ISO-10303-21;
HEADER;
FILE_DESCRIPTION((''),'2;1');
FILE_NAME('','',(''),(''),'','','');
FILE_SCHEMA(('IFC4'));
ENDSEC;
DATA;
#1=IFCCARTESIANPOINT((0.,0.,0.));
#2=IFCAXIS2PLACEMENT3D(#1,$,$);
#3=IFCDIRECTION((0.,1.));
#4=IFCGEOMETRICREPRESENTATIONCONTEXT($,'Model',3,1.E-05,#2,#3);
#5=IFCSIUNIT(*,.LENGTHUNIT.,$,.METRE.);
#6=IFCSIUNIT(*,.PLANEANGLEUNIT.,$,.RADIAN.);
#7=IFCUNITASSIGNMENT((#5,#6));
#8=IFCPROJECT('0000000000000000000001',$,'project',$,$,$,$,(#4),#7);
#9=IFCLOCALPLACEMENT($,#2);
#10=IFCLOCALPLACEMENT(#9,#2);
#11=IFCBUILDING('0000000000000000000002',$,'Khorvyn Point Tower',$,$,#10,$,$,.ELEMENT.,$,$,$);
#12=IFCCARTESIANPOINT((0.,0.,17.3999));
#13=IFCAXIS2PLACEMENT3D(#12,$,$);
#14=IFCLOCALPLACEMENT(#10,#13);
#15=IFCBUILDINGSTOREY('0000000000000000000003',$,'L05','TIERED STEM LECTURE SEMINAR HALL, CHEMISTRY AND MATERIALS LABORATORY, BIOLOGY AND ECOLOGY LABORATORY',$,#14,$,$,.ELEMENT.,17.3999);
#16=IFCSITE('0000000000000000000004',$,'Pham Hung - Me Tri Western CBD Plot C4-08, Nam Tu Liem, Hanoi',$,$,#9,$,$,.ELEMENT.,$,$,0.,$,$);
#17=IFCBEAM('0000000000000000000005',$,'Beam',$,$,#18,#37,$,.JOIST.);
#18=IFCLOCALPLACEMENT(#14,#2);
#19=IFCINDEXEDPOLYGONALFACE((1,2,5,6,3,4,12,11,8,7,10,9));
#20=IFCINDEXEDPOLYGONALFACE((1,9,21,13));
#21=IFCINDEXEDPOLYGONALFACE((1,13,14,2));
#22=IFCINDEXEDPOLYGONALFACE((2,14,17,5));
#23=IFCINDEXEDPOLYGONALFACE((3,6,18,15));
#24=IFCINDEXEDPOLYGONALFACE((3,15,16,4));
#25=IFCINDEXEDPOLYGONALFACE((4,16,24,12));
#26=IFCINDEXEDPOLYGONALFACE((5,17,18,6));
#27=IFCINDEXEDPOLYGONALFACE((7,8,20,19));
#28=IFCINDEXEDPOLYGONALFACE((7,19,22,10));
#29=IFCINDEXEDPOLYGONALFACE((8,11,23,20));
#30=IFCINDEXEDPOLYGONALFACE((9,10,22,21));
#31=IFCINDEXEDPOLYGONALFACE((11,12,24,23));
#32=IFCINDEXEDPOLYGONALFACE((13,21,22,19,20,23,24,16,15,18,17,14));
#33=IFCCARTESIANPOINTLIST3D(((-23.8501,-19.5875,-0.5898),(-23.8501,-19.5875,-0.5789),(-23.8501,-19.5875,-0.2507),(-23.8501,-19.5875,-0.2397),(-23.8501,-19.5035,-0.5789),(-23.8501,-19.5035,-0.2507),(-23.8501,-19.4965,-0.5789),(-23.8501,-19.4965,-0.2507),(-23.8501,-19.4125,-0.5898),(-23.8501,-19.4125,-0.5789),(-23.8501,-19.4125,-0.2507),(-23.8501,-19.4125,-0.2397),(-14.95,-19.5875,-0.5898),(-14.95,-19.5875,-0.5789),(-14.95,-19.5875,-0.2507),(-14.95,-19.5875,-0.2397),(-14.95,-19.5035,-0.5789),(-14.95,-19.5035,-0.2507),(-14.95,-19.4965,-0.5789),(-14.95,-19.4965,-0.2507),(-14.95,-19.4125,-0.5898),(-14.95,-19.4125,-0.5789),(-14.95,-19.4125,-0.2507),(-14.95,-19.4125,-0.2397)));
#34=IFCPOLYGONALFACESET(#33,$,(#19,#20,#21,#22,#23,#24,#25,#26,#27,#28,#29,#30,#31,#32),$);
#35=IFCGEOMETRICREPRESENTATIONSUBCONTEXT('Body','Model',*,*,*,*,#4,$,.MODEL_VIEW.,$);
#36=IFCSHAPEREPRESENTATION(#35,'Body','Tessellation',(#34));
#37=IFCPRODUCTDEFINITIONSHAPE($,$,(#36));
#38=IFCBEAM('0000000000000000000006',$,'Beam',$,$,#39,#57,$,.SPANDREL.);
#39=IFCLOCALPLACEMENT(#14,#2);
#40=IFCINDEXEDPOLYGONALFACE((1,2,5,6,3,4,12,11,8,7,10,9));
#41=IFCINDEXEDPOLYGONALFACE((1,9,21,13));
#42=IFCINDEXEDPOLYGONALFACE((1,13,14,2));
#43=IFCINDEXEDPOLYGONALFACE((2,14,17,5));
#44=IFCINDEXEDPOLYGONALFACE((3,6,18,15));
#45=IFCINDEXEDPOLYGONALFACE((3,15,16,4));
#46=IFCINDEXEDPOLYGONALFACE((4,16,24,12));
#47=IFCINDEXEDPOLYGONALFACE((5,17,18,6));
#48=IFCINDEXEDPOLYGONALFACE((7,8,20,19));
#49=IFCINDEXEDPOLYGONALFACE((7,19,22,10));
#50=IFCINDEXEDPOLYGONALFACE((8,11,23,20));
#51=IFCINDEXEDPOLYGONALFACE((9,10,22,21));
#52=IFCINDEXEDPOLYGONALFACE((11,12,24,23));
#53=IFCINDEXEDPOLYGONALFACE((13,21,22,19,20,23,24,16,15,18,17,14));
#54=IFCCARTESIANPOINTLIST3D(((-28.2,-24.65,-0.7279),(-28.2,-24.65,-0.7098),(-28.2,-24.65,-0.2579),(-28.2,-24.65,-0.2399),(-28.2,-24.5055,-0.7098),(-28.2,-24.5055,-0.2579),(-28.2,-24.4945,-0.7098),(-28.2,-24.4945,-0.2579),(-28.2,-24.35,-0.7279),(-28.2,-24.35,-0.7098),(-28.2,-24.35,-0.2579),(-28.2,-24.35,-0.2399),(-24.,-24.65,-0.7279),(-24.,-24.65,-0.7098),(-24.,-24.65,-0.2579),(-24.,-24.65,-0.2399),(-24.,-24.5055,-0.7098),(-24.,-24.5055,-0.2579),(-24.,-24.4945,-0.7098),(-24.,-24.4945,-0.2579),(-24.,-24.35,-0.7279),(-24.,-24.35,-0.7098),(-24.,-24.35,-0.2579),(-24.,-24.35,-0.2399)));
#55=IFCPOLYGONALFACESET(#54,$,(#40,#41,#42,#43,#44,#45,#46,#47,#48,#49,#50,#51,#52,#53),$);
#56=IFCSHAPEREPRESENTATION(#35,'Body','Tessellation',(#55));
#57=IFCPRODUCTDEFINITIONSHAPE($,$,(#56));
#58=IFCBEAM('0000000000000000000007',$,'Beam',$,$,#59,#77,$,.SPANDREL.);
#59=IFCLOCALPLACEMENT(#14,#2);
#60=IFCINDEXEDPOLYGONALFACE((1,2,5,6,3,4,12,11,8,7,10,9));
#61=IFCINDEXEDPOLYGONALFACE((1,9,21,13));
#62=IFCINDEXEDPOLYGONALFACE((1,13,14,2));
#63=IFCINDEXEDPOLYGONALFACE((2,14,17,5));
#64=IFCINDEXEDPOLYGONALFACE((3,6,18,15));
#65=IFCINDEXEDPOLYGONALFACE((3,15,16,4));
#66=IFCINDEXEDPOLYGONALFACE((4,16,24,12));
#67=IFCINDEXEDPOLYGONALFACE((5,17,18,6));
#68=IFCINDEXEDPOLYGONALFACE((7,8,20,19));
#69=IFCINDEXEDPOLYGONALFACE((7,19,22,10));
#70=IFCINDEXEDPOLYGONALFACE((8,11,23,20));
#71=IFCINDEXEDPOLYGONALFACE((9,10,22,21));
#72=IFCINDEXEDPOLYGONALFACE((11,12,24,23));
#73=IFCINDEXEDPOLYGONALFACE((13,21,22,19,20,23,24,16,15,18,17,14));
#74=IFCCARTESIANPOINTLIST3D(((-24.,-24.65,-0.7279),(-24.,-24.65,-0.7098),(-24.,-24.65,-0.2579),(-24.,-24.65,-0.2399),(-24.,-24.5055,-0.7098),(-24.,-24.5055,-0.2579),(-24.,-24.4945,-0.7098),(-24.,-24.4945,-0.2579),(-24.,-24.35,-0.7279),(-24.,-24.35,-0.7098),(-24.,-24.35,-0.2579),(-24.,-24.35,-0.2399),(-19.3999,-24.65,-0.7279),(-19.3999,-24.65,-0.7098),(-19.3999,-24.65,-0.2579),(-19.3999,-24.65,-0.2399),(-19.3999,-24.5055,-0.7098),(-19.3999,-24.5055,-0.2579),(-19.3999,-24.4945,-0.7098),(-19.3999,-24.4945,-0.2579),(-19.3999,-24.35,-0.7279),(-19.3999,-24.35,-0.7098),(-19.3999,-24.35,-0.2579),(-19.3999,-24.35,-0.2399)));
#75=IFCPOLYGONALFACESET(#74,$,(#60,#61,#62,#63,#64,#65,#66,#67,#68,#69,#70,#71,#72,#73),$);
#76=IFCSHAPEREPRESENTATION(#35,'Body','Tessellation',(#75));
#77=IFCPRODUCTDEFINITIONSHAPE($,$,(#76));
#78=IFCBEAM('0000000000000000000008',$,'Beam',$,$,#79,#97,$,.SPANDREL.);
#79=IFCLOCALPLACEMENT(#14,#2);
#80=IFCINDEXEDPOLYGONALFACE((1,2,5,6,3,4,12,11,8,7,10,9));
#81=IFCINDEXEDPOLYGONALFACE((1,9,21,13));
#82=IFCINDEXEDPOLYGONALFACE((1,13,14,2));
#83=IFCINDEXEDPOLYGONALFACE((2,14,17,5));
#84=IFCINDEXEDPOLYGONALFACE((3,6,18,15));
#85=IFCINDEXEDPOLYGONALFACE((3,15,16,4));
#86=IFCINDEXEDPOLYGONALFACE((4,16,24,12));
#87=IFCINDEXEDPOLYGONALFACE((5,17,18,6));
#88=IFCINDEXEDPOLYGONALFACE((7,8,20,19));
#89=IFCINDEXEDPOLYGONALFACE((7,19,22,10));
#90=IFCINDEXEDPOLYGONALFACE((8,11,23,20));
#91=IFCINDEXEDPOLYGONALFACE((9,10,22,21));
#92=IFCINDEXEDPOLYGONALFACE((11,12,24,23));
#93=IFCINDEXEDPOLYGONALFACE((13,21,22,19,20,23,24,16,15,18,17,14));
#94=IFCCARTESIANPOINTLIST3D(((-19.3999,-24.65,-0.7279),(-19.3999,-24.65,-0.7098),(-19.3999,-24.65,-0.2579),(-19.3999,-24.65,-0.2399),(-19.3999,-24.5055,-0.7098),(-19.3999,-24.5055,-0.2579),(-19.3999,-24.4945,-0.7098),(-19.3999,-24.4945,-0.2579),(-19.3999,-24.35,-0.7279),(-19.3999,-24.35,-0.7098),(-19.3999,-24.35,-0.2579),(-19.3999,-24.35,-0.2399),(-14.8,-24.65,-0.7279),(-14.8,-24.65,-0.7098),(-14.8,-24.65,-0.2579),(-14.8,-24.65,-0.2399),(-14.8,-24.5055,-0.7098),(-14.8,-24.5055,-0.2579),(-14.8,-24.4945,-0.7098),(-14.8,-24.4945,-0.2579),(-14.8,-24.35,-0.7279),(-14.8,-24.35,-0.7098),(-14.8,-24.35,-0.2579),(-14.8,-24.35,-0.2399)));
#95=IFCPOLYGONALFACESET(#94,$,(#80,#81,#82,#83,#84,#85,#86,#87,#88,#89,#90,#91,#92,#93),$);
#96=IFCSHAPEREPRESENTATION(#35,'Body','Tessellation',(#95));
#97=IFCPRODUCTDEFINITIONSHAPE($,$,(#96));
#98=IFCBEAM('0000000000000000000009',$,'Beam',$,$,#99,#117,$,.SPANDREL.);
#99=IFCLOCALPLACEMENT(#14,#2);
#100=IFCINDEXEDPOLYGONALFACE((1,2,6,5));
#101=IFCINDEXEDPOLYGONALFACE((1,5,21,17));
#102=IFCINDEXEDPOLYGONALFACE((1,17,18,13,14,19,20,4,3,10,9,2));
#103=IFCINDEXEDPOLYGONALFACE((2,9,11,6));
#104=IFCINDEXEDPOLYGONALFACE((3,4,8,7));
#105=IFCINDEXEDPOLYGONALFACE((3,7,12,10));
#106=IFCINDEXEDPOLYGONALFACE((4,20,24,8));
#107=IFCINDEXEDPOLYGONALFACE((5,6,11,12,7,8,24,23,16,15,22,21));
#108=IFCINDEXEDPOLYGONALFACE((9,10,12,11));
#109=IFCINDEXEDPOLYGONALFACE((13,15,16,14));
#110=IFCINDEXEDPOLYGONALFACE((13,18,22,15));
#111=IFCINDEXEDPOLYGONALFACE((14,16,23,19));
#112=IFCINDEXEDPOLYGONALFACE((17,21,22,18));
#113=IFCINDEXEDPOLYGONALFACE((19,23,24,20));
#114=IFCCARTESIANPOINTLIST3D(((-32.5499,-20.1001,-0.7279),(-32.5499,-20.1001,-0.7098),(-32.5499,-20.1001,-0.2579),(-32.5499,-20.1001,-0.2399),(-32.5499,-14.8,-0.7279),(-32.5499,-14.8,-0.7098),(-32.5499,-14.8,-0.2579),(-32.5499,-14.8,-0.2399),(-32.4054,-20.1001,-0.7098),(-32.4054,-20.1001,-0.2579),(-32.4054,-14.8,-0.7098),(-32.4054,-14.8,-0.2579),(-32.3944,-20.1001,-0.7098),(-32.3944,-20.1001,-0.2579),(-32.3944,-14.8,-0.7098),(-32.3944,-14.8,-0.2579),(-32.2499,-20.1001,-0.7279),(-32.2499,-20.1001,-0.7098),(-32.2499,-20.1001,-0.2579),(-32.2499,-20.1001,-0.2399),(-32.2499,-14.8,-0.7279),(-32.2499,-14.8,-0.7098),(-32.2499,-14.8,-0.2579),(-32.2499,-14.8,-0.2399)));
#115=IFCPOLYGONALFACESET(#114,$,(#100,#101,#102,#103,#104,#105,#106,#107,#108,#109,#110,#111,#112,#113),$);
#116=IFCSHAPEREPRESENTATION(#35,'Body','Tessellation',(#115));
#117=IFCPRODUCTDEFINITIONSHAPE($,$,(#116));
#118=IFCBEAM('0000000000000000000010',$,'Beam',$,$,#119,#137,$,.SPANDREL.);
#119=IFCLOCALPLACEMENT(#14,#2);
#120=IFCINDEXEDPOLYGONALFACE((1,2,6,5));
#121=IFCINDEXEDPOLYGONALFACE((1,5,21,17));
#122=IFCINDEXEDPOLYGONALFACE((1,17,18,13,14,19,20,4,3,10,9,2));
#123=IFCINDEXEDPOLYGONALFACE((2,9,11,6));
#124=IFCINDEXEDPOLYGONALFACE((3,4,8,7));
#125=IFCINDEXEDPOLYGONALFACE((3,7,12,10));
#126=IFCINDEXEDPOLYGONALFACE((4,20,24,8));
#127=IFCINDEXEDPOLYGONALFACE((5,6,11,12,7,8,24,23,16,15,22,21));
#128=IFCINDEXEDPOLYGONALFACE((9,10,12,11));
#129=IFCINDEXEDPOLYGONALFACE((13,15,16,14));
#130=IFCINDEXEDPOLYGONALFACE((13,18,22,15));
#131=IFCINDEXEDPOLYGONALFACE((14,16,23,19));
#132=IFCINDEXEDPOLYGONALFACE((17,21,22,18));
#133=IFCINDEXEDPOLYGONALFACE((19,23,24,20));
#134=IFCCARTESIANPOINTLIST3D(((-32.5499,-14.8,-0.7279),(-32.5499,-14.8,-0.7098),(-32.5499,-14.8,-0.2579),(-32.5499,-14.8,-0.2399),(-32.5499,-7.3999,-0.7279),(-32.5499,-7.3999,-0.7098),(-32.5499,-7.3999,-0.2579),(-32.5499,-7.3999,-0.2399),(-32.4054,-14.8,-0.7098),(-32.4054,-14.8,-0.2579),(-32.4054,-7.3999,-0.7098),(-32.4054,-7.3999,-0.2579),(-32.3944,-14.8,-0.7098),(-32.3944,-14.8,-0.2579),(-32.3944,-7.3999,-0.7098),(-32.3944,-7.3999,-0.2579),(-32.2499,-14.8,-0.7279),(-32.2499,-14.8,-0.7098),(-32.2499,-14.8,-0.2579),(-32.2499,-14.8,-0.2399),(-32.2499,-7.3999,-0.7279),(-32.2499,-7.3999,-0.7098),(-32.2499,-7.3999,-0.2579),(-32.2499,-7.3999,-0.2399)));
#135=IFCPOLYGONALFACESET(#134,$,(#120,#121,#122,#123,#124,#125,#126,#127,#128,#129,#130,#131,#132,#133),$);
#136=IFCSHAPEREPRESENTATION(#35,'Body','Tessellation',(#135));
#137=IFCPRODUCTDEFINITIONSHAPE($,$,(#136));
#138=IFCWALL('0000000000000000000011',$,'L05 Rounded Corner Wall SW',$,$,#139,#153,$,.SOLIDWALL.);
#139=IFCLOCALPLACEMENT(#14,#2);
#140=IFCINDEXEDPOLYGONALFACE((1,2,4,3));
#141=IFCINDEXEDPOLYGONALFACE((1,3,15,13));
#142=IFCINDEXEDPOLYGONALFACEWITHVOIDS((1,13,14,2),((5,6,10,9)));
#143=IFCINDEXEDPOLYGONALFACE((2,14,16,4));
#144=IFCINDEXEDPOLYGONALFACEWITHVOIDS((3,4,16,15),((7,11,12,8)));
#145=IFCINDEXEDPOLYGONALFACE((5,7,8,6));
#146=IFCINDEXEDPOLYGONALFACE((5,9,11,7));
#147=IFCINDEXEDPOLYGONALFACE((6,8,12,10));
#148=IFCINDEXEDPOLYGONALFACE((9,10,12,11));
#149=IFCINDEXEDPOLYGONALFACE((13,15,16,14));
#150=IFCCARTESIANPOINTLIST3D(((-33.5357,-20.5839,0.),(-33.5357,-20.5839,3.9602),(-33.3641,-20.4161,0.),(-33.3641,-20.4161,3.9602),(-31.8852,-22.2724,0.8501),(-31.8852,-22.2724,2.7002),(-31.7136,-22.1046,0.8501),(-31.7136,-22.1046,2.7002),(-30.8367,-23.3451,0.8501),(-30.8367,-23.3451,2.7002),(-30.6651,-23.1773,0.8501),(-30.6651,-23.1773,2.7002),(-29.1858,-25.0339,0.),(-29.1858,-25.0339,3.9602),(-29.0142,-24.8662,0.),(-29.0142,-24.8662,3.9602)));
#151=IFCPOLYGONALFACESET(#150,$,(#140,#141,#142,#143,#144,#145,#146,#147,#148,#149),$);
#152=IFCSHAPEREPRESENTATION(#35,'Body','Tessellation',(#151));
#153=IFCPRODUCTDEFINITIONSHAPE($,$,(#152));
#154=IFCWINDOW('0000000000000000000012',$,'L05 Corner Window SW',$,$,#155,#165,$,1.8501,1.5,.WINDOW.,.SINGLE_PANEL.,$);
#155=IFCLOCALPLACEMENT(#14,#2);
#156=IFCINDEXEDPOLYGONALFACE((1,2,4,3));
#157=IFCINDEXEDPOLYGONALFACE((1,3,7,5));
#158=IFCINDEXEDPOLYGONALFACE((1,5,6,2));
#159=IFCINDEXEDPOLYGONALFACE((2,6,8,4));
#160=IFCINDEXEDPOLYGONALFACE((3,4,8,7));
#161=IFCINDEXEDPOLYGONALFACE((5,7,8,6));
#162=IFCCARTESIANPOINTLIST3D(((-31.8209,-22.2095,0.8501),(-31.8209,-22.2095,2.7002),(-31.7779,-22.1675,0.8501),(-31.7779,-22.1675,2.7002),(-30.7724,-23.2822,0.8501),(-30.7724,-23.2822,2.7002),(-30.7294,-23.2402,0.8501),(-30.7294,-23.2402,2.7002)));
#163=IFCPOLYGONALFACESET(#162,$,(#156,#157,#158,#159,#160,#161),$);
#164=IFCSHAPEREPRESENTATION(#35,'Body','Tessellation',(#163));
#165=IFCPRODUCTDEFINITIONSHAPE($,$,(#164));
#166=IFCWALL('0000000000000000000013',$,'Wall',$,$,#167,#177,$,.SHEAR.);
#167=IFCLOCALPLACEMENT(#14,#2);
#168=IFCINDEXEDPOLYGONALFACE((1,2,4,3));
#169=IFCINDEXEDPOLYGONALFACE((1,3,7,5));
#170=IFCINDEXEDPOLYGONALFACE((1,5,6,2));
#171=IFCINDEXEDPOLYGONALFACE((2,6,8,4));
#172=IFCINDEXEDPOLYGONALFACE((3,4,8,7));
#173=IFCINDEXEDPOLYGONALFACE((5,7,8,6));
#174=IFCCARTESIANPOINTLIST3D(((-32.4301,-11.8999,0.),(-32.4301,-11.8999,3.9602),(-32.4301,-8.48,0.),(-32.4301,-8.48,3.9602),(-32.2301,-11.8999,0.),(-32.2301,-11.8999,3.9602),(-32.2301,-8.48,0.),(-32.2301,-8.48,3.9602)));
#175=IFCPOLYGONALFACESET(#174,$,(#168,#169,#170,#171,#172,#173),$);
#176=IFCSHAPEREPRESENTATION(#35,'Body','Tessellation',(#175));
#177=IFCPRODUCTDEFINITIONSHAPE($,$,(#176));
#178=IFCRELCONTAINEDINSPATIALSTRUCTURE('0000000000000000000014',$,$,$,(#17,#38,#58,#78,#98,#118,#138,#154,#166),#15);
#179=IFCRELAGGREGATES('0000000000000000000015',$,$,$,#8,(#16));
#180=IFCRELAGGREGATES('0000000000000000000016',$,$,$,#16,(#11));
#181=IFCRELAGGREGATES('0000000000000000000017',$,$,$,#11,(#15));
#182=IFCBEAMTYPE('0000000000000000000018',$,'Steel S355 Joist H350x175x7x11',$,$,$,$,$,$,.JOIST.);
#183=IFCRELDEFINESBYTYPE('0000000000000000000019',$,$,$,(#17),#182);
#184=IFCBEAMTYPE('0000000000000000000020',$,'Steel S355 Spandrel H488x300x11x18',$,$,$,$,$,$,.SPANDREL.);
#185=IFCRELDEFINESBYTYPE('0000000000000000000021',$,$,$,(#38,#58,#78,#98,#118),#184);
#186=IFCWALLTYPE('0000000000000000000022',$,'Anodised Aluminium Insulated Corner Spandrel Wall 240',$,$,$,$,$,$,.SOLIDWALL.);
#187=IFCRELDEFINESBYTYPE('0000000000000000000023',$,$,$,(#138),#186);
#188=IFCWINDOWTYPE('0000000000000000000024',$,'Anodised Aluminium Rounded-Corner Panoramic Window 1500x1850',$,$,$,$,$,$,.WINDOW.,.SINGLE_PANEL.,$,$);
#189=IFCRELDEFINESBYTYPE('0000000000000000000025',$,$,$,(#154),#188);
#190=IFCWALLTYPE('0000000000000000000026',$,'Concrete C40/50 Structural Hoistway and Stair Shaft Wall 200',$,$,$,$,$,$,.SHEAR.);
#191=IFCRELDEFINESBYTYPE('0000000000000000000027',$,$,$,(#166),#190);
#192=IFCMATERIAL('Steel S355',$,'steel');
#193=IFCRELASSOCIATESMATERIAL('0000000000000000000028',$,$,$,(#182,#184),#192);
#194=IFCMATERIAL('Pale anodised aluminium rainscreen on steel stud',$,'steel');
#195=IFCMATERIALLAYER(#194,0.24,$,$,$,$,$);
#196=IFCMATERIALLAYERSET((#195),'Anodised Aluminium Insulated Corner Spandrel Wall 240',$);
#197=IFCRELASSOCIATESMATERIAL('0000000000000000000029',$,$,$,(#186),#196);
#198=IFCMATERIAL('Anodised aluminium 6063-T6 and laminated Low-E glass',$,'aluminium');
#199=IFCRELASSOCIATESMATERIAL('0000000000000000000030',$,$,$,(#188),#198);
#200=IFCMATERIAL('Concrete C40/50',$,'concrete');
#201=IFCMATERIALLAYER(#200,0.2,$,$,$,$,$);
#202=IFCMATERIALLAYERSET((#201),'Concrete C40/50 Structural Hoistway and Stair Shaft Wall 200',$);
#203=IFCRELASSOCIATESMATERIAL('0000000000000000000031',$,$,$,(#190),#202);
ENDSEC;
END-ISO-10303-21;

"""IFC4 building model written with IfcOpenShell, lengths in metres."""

from ifc_helpers import new_model, si_unit, direction, frame, frame_2d, origin, origin_2d, place, context, subcontext, project, spatial, rectangle, i_section, extrude, material, layer, layer_set, material_profile, profile_set, type_object, element, fill, save


model = new_model("IFC4")

# Units and contexts
model_context = context("Model", 3, precision=1e-05, world=origin(), true_north=direction((0.0, 1.0)))
body_context = subcontext(model_context, "Body", "Model", "MODEL_VIEW")
ifc_project = project(units=[si_unit("LENGTHUNIT", "METRE"), si_unit("PLANEANGLEUNIT", "RADIAN")], contexts=[model_context])

# Site, building, storey
site_placement = place(None, origin())
site = spatial("IfcSite", under=ifc_project, at=site_placement, Name="Pham Hung - Me Tri Western CBD Plot C4-08, Nam Tu Liem, Hanoi", CompositionType="ELEMENT", RefElevation=0.0)
building_placement = place(site_placement, origin())
building = spatial("IfcBuilding", under=site, at=building_placement, Name="Khorvyn Point Tower", CompositionType="ELEMENT")
storey_placement = place(building_placement, frame((0.0, 0.0, 17.3999)))
storey = spatial("IfcBuildingStorey", under=building, at=storey_placement, Name="L05", Description="TIERED STEM LECTURE SEMINAR HALL, CHEMISTRY AND MATERIALS LABORATORY, BIOLOGY AND ECOLOGY LABORATORY", CompositionType="ELEMENT", Elevation=17.3999)

# Shared definitions
ifc_material_1 = material(Name="Concrete C40/50", Category="concrete")

# Beams
ifc_material_2 = material(Name="Steel S355", Category="steel")
ifc_material_profile_1 = material_profile(ifc_material_2, i_section(OverallWidth=0.175, OverallDepth=0.3501, WebThickness=0.0071, FlangeThickness=0.011, at=origin_2d()))
ifc_profile_set_1 = profile_set([ifc_material_profile_1], Name="Steel S355 H350x175x7x11")
beam_type_1 = type_object("IfcBeamType", Name="Steel S355 Joist H350x175x7x11", PredefinedType="JOIST", material=ifc_profile_set_1)
beam_1_placement = place(storey_placement, frame((-23.8501, -19.5, -0.4148), z_axis=(1.0, 0.0, 0.0), x_axis=(0.0, 1.0, 0.0)))
element("IfcBeam", 1, at=beam_1_placement, inside=storey, type_object=beam_type_1, Name="Beam", PredefinedType="JOIST", context=body_context, shape_type="SweptSolid", body=[
    extrude(i_section(OverallWidth=0.175, OverallDepth=0.3501, WebThickness=0.0071, FlangeThickness=0.011, at=origin_2d()), origin(), (0.0, 0.0, 1.0), 8.9001),
])
ifc_material_profile_2 = material_profile(ifc_material_2, i_section(OverallWidth=0.3, OverallDepth=0.488, WebThickness=0.011, FlangeThickness=0.0181, at=origin_2d()))
ifc_profile_set_2 = profile_set([ifc_material_profile_2], Name="Steel S355 H488x300x11x18")
beam_type_2 = type_object("IfcBeamType", Name="Steel S355 Spandrel H488x300x11x18", PredefinedType="SPANDREL", material=ifc_profile_set_2)
beam_2_placement = place(storey_placement, frame((-28.2, -24.5, -0.4839), z_axis=(1.0, 0.0, 0.0), x_axis=(0.0, 1.0, 0.0)))
element("IfcBeam", 2, at=beam_2_placement, inside=storey, type_object=beam_type_2, Name="Beam", PredefinedType="SPANDREL", context=body_context, shape_type="SweptSolid", body=[
    extrude(i_section(OverallWidth=0.3, OverallDepth=0.488, WebThickness=0.011, FlangeThickness=0.0181, at=origin_2d()), origin(), (0.0, 0.0, 1.0), 4.2),
])
beam_3_placement = place(storey_placement, frame((-24.0, -24.5, -0.4839), z_axis=(1.0, 0.0, 0.0), x_axis=(0.0, 1.0, 0.0)))
element("IfcBeam", 3, at=beam_3_placement, inside=storey, type_object=beam_type_2, Name="Beam", PredefinedType="SPANDREL", context=body_context, shape_type="SweptSolid", body=[
    extrude(i_section(OverallWidth=0.3, OverallDepth=0.488, WebThickness=0.011, FlangeThickness=0.0181, at=origin_2d()), origin(), (0.0, 0.0, 1.0), 4.6001),
])
beam_4_placement = place(storey_placement, frame((-19.3999, -24.5, -0.4839), z_axis=(1.0, 0.0, 0.0), x_axis=(0.0, 1.0, 0.0)))
element("IfcBeam", 4, at=beam_4_placement, inside=storey, type_object=beam_type_2, Name="Beam", PredefinedType="SPANDREL", context=body_context, shape_type="SweptSolid", body=[
    extrude(i_section(OverallWidth=0.3, OverallDepth=0.488, WebThickness=0.011, FlangeThickness=0.0181, at=origin_2d()), origin(), (0.0, 0.0, 1.0), 4.5999),
])
beam_5_placement = place(storey_placement, frame((-32.3999, -20.1001, -0.4839), z_axis=(0.0, 1.0, 0.0), x_axis=(-1.0, 0.0, 0.0)))
element("IfcBeam", 5, at=beam_5_placement, inside=storey, type_object=beam_type_2, Name="Beam", PredefinedType="SPANDREL", context=body_context, shape_type="SweptSolid", body=[
    extrude(i_section(OverallWidth=0.3, OverallDepth=0.488, WebThickness=0.011, FlangeThickness=0.0181, at=origin_2d()), origin(), (0.0, 0.0, 1.0), 5.3),
])
beam_6_placement = place(storey_placement, frame((-32.3999, -14.8, -0.4839), z_axis=(0.0, 1.0, 0.0), x_axis=(-1.0, 0.0, 0.0)))
element("IfcBeam", 6, at=beam_6_placement, inside=storey, type_object=beam_type_2, Name="Beam", PredefinedType="SPANDREL", context=body_context, shape_type="SweptSolid", body=[
    extrude(i_section(OverallWidth=0.3, OverallDepth=0.488, WebThickness=0.011, FlangeThickness=0.0181, at=origin_2d()), origin(), (0.0, 0.0, 1.0), 7.4001),
])

# Wall, opening, window
ifc_material_3 = material(Name="Pale anodised aluminium rainscreen on steel stud", Category="steel")
ifc_layer_1 = layer(ifc_material_3, 0.24)
ifc_layer_set_1 = layer_set([ifc_layer_1], Name="Anodised Aluminium Insulated Corner Spandrel Wall 240")
wall_type_1 = type_object("IfcWallType", Name="Anodised Aluminium Insulated Corner Spandrel Wall 240", PredefinedType="SOLIDWALL", material=ifc_layer_set_1)
wall_1_placement = place(storey_placement, frame((-29.1001, -24.95, 0.0), z_axis=(0.0, 0.0, 1.0), x_axis=(-0.699018, 0.715104, 0.0)))
wall_1 = element("IfcWall", 7, at=wall_1_placement, inside=storey, type_object=wall_type_1, Name="L05 Rounded Corner Wall SW", PredefinedType="SOLIDWALL", context=body_context, shape_type="SweptSolid", body=[
    extrude(rectangle(XDim=6.2229, YDim=0.24, at=frame_2d((3.1113, 0.0))), origin(), (0.0, 0.0, 1.0), 3.9602),
])
opening_1_placement = place(wall_1_placement, frame((2.3616, 0.0, 0.8501)))
opening_1 = element("IfcOpeningElement", 8, at=opening_1_placement, cuts=wall_1, PredefinedType="OPENING", context=body_context, shape_type="SweptSolid", body=[
    extrude(rectangle(XDim=1.5, YDim=1.8501, at=frame_2d((0.75, 0.925))), frame((0.0, 0.1299, 0.0), z_axis=(0.0, -1.0, 0.0), x_axis=(1.0, 0.0, 0.0)), (0.0, 0.0, 1.0), 0.26),
])
ifc_material_4 = material(Name="Anodised aluminium 6063-T6 and laminated Low-E glass", Category="aluminium")
window_type = type_object("IfcWindowType", Name="Anodised Aluminium Rounded-Corner Panoramic Window 1500x1850", PartitioningType="SINGLE_PANEL", PredefinedType="WINDOW", material=ifc_material_4)
window_placement = place(opening_1_placement, origin())
window = element("IfcWindow", 9, at=window_placement, inside=storey, type_object=window_type, Name="L05 Corner Window SW", OverallHeight=1.8501, OverallWidth=1.5, PartitioningType="SINGLE_PANEL", PredefinedType="WINDOW", context=body_context, shape_type="SweptSolid", body=[
    extrude(rectangle(XDim=1.5, YDim=1.8501, at=frame_2d((0.75, 0.925))), frame((0.0, 0.03, 0.0), z_axis=(0.0, -1.0, 0.0), x_axis=(1.0, 0.0, 0.0)), (0.0, 0.0, 1.0), 0.0601),
])
fill(opening_1, window)

# Wall
ifc_layer_2 = layer(ifc_material_1, 0.2)
ifc_layer_set_2 = layer_set([ifc_layer_2], Name="Concrete C40/50 Structural Hoistway and Stair Shaft Wall 200")
wall_type_2 = type_object("IfcWallType", Name="Concrete C40/50 Structural Hoistway and Stair Shaft Wall 200", PredefinedType="SHEAR", material=ifc_layer_set_2)
wall_2_placement = place(storey_placement, frame((-32.3301, -11.8999, 0.0), z_axis=(0.0, 0.0, 1.0), x_axis=(0.0, 1.0, 0.0)))
element("IfcWall", 10, at=wall_2_placement, inside=storey, type_object=wall_type_2, Name="Wall", PredefinedType="SHEAR", context=body_context, shape_type="SweptSolid", body=[
    extrude(rectangle(XDim=3.4199, YDim=0.2, at=frame_2d((1.71, 0.0))), origin(), (0.0, 0.0, 1.0), 3.9602),
])

save(model, "model.ifc")
